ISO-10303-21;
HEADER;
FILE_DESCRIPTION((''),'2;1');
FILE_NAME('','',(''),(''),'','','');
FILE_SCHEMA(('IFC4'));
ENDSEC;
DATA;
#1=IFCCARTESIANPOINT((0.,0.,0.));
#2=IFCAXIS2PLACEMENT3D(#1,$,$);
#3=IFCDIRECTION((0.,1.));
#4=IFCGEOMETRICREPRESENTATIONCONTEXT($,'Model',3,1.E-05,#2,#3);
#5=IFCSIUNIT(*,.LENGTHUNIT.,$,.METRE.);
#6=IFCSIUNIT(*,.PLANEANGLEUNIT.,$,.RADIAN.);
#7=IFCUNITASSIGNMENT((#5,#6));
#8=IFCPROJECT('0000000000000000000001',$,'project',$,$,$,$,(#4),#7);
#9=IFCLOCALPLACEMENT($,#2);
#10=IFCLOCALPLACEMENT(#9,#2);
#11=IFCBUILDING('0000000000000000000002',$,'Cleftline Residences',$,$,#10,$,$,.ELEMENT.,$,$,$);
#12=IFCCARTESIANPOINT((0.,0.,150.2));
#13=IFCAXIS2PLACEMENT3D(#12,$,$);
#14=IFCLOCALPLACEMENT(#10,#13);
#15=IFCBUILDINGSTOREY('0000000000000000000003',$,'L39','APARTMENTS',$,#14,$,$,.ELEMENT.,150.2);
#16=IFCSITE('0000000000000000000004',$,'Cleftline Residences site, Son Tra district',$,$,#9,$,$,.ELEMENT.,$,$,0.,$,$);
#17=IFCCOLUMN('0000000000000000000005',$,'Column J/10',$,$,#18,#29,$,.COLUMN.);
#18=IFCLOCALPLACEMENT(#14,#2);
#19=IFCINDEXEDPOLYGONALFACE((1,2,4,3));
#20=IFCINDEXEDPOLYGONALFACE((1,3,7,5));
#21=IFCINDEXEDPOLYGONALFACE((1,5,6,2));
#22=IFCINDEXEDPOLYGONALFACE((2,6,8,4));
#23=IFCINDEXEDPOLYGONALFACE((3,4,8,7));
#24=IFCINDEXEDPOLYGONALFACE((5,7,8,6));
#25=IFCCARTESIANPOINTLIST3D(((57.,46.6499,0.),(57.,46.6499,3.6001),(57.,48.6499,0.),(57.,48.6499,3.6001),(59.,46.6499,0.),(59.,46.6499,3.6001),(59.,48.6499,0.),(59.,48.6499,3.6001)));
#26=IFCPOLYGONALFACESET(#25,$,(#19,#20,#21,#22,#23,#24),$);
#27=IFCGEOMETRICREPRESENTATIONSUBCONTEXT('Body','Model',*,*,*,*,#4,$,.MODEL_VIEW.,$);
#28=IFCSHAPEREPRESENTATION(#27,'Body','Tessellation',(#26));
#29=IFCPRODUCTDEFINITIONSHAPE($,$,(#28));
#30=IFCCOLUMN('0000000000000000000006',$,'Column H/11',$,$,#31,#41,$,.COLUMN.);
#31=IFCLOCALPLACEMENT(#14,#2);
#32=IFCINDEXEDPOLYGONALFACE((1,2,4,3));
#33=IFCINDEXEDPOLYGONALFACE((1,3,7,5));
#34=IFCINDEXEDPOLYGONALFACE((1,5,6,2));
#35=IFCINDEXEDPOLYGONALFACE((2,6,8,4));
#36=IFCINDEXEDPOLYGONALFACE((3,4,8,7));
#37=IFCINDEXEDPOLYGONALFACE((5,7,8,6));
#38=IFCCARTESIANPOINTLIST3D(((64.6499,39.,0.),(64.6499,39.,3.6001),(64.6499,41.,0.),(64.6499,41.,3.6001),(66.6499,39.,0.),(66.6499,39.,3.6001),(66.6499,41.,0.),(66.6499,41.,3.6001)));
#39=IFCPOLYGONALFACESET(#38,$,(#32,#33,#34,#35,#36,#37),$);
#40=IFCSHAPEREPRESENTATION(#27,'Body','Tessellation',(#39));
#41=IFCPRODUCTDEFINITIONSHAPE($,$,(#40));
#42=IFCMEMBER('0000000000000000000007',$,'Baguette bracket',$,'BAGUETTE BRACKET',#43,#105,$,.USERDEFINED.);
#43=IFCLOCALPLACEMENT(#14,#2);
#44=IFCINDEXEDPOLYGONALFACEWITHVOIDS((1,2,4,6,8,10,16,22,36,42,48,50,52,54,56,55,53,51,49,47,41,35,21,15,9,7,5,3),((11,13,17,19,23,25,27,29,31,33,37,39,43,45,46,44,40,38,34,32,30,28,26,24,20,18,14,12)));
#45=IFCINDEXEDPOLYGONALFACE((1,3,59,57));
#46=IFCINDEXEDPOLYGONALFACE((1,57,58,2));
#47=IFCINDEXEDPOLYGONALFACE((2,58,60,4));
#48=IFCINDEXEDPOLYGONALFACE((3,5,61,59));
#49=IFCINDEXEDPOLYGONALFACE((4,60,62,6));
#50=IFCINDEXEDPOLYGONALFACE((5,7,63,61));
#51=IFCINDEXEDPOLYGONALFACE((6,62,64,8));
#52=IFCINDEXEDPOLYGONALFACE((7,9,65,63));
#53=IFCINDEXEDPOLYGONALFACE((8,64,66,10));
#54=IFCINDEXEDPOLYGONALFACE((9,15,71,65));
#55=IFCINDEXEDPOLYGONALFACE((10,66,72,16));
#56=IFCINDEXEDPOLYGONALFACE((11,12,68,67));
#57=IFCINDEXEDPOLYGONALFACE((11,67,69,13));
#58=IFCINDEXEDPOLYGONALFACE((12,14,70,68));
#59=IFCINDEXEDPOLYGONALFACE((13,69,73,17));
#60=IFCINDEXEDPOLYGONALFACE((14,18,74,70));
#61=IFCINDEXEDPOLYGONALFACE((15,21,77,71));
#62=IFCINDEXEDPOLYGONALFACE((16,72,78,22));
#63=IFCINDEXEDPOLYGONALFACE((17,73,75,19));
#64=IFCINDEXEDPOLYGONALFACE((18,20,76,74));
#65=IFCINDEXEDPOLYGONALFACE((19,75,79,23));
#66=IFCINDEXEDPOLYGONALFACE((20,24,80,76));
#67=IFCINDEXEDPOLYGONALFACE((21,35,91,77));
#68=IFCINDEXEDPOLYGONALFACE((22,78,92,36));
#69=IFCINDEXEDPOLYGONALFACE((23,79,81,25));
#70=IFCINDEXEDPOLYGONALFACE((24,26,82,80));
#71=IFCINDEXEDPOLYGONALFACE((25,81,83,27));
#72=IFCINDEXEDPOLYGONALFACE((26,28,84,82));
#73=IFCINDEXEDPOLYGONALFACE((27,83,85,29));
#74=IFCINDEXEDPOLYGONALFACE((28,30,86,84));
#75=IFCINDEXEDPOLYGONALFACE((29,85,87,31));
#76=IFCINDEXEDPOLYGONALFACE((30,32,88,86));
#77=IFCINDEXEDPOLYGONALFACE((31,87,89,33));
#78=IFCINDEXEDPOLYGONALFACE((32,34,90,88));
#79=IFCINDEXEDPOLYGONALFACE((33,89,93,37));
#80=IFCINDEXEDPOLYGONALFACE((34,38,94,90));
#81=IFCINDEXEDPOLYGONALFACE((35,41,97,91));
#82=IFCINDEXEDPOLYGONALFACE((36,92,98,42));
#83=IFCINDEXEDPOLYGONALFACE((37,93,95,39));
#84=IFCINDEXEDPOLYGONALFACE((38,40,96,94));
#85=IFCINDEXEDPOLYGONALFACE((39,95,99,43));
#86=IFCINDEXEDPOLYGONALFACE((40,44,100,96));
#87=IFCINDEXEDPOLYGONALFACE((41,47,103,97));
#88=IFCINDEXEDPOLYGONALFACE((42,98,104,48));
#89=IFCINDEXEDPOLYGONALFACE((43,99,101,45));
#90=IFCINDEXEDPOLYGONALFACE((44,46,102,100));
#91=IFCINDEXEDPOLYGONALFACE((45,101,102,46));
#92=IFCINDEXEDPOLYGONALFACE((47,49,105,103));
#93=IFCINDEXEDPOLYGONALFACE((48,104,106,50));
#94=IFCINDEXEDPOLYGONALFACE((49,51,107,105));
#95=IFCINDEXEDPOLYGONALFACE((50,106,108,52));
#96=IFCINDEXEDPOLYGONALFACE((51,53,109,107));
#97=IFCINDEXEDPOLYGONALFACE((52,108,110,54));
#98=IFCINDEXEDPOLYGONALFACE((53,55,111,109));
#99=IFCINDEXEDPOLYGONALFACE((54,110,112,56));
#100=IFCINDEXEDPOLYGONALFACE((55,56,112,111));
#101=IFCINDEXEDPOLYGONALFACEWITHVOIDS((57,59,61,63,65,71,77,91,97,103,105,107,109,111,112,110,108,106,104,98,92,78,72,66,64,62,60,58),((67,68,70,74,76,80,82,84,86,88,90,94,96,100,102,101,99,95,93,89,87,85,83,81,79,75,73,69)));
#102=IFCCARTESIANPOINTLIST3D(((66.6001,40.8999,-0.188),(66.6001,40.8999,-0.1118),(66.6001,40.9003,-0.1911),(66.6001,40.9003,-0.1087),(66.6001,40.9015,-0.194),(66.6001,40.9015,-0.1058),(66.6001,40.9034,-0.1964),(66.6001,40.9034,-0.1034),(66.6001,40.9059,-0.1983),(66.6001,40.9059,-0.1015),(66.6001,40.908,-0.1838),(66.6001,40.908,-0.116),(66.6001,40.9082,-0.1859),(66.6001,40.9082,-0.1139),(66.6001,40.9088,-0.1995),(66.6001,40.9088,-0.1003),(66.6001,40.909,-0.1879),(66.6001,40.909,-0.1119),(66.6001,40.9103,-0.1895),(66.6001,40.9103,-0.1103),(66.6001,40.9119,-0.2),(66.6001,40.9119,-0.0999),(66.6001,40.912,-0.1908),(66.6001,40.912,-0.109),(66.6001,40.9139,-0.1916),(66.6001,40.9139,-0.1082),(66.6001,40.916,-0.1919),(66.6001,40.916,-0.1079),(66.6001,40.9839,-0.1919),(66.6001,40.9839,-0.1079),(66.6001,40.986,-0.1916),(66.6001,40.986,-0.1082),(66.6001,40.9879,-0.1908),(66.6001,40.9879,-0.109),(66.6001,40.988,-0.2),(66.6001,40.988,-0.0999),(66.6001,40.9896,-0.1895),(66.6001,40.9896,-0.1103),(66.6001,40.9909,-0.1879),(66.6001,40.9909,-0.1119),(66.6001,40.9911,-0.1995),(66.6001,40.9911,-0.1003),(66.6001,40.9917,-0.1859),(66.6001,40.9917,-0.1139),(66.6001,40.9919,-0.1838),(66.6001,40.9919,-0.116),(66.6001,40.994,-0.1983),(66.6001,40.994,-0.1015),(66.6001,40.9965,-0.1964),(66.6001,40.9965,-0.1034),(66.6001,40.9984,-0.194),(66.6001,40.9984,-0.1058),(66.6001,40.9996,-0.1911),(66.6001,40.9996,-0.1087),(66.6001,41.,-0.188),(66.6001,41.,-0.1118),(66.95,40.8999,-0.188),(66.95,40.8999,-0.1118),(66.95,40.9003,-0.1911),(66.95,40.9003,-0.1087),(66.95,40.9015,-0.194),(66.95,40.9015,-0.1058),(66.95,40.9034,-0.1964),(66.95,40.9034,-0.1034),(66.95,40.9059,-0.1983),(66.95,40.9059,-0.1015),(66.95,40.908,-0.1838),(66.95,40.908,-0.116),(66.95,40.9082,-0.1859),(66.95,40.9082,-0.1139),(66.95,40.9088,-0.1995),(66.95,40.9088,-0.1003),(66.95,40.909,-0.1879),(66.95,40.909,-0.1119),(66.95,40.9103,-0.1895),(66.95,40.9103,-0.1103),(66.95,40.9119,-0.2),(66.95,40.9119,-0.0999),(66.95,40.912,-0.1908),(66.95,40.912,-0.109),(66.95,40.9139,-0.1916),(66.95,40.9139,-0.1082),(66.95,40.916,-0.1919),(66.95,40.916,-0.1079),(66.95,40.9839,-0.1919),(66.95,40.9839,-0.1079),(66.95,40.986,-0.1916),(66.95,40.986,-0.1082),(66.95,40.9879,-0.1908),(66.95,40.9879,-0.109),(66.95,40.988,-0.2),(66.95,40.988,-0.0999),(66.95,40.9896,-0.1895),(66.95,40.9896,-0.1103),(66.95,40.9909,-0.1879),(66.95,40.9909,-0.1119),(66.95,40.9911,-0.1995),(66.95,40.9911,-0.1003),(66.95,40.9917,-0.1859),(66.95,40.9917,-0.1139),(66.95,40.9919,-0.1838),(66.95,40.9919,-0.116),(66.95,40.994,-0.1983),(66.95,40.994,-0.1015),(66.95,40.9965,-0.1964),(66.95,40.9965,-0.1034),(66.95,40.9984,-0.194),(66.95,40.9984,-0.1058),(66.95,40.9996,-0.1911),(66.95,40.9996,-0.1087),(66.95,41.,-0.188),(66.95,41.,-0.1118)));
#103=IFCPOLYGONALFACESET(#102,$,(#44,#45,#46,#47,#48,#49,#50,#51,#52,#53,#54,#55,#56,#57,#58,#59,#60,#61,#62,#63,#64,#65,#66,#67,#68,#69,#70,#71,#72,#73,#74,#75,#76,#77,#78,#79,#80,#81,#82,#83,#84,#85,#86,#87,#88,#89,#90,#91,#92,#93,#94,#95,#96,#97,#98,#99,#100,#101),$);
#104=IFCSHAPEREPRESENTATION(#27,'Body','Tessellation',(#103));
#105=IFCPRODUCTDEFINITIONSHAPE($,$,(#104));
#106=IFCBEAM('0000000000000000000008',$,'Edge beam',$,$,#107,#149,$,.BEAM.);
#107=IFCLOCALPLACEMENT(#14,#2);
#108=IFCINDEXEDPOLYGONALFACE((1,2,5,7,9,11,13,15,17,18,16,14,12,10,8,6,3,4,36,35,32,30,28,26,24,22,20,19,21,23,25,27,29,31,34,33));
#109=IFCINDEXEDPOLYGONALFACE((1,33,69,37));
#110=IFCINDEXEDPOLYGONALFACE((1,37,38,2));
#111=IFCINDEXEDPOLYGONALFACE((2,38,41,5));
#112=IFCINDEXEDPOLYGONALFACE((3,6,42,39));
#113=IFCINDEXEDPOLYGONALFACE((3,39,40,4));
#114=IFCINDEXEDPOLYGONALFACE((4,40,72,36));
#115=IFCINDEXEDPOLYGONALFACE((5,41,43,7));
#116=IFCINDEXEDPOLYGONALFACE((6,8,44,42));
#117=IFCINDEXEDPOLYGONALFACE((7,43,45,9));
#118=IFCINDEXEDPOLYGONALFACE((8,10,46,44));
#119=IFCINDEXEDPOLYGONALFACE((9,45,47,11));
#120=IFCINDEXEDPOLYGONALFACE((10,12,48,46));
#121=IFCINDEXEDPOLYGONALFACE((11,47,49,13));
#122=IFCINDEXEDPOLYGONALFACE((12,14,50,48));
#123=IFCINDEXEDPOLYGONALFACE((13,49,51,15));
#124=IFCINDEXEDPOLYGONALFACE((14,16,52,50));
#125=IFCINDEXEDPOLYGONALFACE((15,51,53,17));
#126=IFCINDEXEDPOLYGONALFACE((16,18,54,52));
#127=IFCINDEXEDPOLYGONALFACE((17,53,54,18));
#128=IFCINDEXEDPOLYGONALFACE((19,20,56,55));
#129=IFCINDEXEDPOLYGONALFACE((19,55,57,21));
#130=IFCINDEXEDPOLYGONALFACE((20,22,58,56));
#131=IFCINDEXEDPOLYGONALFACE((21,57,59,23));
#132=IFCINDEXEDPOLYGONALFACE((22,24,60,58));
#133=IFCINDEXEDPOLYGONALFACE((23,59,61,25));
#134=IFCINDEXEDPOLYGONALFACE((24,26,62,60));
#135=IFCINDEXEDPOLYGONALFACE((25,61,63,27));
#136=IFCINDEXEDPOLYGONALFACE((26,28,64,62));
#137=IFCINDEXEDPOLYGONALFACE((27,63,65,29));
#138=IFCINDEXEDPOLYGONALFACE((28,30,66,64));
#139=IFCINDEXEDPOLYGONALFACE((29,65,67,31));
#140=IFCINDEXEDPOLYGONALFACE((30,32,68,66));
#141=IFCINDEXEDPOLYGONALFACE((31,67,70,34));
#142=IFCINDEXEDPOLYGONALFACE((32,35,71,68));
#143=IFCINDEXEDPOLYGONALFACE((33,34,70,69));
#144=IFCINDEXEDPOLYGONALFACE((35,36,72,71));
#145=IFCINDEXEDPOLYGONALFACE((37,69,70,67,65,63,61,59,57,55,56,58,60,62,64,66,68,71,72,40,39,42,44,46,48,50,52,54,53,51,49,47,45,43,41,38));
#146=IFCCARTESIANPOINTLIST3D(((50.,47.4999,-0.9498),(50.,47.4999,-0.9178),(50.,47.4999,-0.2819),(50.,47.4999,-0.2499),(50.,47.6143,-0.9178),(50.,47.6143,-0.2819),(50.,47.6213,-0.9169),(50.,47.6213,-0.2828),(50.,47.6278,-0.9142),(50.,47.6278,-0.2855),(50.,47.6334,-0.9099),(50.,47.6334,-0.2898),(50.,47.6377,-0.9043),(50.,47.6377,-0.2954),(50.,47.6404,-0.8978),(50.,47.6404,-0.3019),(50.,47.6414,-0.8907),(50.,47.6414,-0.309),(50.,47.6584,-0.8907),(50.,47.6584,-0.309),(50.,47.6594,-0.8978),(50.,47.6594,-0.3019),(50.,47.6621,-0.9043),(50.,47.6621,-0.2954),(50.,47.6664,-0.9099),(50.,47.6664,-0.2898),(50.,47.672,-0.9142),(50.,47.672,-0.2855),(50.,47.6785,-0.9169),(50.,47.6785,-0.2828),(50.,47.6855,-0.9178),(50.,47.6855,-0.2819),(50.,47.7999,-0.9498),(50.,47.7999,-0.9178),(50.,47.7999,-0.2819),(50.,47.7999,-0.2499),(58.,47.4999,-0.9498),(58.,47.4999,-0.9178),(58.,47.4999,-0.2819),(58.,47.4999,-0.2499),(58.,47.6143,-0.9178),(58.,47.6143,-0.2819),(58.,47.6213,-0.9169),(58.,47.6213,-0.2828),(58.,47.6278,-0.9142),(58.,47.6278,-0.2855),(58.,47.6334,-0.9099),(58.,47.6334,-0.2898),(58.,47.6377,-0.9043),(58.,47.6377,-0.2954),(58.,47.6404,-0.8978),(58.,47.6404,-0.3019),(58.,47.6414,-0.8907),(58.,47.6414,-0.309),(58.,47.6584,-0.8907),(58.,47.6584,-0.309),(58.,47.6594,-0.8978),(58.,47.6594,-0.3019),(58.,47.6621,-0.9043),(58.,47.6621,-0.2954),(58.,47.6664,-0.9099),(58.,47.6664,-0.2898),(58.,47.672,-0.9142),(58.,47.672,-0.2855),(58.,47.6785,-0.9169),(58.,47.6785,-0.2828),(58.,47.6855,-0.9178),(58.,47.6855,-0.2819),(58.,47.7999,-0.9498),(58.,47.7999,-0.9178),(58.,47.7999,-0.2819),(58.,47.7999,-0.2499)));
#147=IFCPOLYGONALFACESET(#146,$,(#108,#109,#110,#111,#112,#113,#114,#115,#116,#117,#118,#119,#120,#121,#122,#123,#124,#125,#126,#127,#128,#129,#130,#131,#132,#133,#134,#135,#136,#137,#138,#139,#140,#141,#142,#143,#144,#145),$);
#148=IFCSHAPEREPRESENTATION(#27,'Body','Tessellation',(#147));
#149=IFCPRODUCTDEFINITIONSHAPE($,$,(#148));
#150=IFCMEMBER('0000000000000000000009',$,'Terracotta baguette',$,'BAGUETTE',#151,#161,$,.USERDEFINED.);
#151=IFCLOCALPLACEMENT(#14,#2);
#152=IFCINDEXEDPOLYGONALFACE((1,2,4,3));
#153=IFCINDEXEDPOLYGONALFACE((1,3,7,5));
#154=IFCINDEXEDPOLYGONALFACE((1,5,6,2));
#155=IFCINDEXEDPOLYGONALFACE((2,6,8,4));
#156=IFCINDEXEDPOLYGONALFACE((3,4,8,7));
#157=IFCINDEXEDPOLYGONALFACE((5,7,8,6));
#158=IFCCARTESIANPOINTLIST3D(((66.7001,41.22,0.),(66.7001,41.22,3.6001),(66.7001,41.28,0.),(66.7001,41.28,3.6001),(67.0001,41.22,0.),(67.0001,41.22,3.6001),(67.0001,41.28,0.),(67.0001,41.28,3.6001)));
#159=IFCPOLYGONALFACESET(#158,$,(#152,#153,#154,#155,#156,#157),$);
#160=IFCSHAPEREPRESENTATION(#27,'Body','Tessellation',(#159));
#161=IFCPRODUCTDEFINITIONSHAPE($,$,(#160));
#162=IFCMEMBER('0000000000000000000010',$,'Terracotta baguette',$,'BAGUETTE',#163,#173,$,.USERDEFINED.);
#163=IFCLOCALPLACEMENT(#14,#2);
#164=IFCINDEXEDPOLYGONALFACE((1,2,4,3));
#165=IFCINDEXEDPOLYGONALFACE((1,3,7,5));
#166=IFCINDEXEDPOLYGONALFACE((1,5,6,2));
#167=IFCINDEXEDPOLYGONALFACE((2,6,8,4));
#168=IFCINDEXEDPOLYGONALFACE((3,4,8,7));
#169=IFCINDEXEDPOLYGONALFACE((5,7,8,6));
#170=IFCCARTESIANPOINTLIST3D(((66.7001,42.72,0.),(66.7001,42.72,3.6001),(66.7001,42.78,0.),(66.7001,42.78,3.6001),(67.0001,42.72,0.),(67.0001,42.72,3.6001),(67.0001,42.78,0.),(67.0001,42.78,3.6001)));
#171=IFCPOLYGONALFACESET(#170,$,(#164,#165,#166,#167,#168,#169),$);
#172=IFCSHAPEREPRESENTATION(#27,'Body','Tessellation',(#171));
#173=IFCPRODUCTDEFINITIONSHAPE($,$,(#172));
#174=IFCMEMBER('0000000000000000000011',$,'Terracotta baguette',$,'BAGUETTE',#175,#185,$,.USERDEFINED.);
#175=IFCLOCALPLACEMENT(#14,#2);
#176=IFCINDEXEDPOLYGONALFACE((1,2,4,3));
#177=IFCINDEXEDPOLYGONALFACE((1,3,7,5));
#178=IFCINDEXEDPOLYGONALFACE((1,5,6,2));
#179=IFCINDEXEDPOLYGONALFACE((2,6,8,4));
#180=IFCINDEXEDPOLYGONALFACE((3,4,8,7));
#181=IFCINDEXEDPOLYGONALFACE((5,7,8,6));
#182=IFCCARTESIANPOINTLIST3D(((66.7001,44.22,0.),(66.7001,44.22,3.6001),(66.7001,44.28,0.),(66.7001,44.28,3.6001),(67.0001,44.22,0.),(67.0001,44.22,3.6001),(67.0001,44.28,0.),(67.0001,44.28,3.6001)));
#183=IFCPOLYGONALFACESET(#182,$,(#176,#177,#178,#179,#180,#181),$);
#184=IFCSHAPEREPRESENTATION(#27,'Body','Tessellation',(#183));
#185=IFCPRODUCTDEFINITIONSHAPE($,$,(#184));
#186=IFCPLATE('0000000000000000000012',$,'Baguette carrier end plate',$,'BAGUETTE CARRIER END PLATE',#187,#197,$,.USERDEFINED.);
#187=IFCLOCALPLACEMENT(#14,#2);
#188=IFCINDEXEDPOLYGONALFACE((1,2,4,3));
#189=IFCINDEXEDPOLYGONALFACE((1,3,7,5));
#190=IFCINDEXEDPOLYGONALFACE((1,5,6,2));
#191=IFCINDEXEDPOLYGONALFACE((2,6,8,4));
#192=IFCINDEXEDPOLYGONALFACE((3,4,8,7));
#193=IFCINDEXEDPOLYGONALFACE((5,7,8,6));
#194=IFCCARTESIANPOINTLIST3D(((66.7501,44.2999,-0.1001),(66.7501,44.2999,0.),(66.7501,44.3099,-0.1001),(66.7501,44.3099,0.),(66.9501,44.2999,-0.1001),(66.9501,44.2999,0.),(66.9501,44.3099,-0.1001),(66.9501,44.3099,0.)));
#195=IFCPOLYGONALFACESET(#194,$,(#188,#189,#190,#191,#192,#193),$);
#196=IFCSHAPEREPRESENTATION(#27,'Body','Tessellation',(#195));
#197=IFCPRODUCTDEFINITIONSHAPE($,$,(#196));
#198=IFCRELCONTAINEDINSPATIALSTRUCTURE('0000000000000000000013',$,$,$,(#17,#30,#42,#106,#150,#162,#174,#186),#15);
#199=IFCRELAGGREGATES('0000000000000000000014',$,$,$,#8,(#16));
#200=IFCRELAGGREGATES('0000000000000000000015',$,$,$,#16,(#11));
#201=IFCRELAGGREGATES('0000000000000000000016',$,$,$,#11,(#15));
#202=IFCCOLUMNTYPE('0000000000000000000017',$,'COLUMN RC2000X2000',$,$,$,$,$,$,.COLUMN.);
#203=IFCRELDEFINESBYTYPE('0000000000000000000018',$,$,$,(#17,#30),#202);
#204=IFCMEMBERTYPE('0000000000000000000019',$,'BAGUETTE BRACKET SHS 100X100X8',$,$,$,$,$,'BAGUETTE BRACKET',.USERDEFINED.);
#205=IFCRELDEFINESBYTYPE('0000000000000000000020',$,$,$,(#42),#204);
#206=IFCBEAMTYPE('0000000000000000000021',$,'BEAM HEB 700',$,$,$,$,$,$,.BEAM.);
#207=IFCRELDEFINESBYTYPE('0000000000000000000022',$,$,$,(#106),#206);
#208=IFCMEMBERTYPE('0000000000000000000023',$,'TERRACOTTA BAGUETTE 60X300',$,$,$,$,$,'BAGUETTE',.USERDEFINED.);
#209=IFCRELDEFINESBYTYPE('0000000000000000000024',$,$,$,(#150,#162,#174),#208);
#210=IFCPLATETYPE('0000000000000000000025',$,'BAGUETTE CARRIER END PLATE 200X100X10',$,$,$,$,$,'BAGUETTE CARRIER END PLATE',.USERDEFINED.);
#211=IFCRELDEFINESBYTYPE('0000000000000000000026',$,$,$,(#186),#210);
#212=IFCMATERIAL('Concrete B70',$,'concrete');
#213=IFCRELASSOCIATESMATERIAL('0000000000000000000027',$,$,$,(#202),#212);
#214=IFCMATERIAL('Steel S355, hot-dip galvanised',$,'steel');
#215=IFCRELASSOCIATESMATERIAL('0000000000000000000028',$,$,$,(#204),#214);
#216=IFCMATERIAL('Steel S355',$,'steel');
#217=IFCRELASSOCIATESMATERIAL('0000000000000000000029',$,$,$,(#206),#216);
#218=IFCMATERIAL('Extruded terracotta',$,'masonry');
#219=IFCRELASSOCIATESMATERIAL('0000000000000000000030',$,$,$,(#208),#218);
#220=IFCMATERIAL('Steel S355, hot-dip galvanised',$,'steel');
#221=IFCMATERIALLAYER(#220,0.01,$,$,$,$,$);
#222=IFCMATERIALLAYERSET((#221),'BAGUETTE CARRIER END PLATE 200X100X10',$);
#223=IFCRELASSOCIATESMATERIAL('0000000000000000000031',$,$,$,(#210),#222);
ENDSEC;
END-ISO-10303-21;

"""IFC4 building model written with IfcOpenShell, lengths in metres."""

from ifc_helpers import new_model, si_unit, direction, frame, origin, origin_2d, place, context, subcontext, project, spatial, rectangle, hollow_rectangle, i_section, extrude, material, layer, layer_set, material_profile, profile_set, type_object, element, save


model = new_model("IFC4")

# Units and contexts
model_context = context("Model", 3, precision=1e-05, world=origin(), true_north=direction((0.0, 1.0)))
body_context = subcontext(model_context, "Body", "Model", "MODEL_VIEW")
ifc_project = project(units=[si_unit("LENGTHUNIT", "METRE"), si_unit("PLANEANGLEUNIT", "RADIAN")], contexts=[model_context])

# Site, building, storey
site_placement = place(None, origin())
site = spatial("IfcSite", under=ifc_project, at=site_placement, Name="Cleftline Residences site, Son Tra district", CompositionType="ELEMENT", RefElevation=0.0)
building_placement = place(site_placement, origin())
building = spatial("IfcBuilding", under=site, at=building_placement, Name="Cleftline Residences", CompositionType="ELEMENT")
storey_placement = place(building_placement, frame((0.0, 0.0, 150.2)))
storey = spatial("IfcBuildingStorey", under=building, at=storey_placement, Name="L39", Description="APARTMENTS", CompositionType="ELEMENT", Elevation=150.2)

# Columns
ifc_material_1 = material(Name="Concrete B70", Category="concrete")
ifc_material_profile_1 = material_profile(ifc_material_1, rectangle(XDim=2.0, YDim=2.0, at=origin_2d()))
ifc_profile_set_1 = profile_set([ifc_material_profile_1], Name="Concrete B70")
column_type = type_object("IfcColumnType", Name="COLUMN RC2000X2000", PredefinedType="COLUMN", material=ifc_profile_set_1)
for number, where, z_axis, x_axis, name in (
    (1, (58.0, 47.6499, 0.0), (0.0, 0.0, 1.0), (1.0, 0.0, 0.0), "Column J/10"),
    (2, (65.6499, 40.0, 0.0), (0.0, 0.0, 1.0), (1.0, 0.0, 0.0), "Column H/11"),
):
    element("IfcColumn", number, at=place(storey_placement, frame(where, z_axis=z_axis, x_axis=x_axis)), inside=storey, type_object=column_type, Name=name, PredefinedType="COLUMN", context=body_context, shape_type="SweptSolid", body=[
        extrude(rectangle(XDim=2.0, YDim=2.0, at=origin_2d()), origin(), (0.0, 0.0, 1.0), 3.6001),
    ])

# Member
ifc_material_2 = material(Name="Steel S355, hot-dip galvanised", Category="steel")
ifc_material_profile_2 = material_profile(ifc_material_2, hollow_rectangle(XDim=0.1001, YDim=0.1001, WallThickness=0.0081, InnerFilletRadius=0.0081, OuterFilletRadius=0.012, at=origin_2d()))
ifc_profile_set_2 = profile_set([ifc_material_profile_2], Name="Steel S355, hot-dip galvanised")
member_type_1 = type_object("IfcMemberType", Name="BAGUETTE BRACKET SHS 100X100X8", ElementType="BAGUETTE BRACKET", PredefinedType="USERDEFINED", material=ifc_profile_set_2)
member_placement = place(storey_placement, frame((66.6001, 40.95, -0.1499), z_axis=(1.0, 0.0, 0.0), x_axis=(0.0, 1.0, 0.0)))
element("IfcMember", 3, at=member_placement, inside=storey, type_object=member_type_1, Name="Baguette bracket", ObjectType="BAGUETTE BRACKET", PredefinedType="USERDEFINED", context=body_context, shape_type="SweptSolid", body=[
    extrude(hollow_rectangle(XDim=0.1001, YDim=0.1001, WallThickness=0.0081, InnerFilletRadius=0.0081, OuterFilletRadius=0.012, at=origin_2d()), origin(), (0.0, 0.0, 1.0), 0.3499),
])

# Beam
ifc_material_3 = material(Name="Steel S355", Category="steel")
ifc_material_profile_3 = material_profile(ifc_material_3, i_section(OverallWidth=0.3, OverallDepth=0.7, WebThickness=0.0171, FlangeThickness=0.032, FilletRadius=0.0271, at=origin_2d()))
ifc_profile_set_3 = profile_set([ifc_material_profile_3], Name="Steel S355")
beam_type = type_object("IfcBeamType", Name="BEAM HEB 700", PredefinedType="BEAM", material=ifc_profile_set_3)
beam_placement = place(storey_placement, frame((58.0, 47.6499, -0.5999), z_axis=(-1.0, 0.0, 0.0), x_axis=(0.0, -1.0, 0.0)))
element("IfcBeam", 4, at=beam_placement, inside=storey, type_object=beam_type, Name="Edge beam", PredefinedType="BEAM", context=body_context, shape_type="SweptSolid", body=[
    extrude(i_section(OverallWidth=0.3, OverallDepth=0.7, WebThickness=0.0171, FlangeThickness=0.032, FilletRadius=0.0271, at=origin_2d()), origin(), (0.0, 0.0, 1.0), 8.0),
])

# Members
ifc_material_4 = material(Name="Extruded terracotta", Category="masonry")
ifc_material_profile_4 = material_profile(ifc_material_4, rectangle(XDim=0.0601, YDim=0.3, at=origin_2d()))
ifc_profile_set_4 = profile_set([ifc_material_profile_4], Name="Extruded terracotta")
member_type_2 = type_object("IfcMemberType", Name="TERRACOTTA BAGUETTE 60X300", ElementType="BAGUETTE", PredefinedType="USERDEFINED", material=ifc_profile_set_4)
for number, where, z_axis, x_axis, name in (
    (5, (66.8501, 41.25, 0.0), (0.0, 0.0, 1.0), (0.0, 1.0, 0.0), "Terracotta baguette"),
    (6, (66.8501, 42.75, 0.0), (0.0, 0.0, 1.0), (0.0, 1.0, 0.0), "Terracotta baguette"),
    (7, (66.8501, 44.25, 0.0), (0.0, 0.0, 1.0), (0.0, 1.0, 0.0), "Terracotta baguette"),
):
    element("IfcMember", number, at=place(storey_placement, frame(where, z_axis=z_axis, x_axis=x_axis)), inside=storey, type_object=member_type_2, Name=name, ObjectType="BAGUETTE", PredefinedType="USERDEFINED", context=body_context, shape_type="SweptSolid", body=[
        extrude(rectangle(XDim=0.0601, YDim=0.3, at=origin_2d()), origin(), (0.0, 0.0, 1.0), 3.6001),
    ])

# Plate
ifc_material_5 = material(Name="Steel S355, hot-dip galvanised", Category="steel")
ifc_layer_1 = layer(ifc_material_5, 0.01)
ifc_layer_set_1 = layer_set([ifc_layer_1], Name="BAGUETTE CARRIER END PLATE 200X100X10")
plate_type = type_object("IfcPlateType", Name="BAGUETTE CARRIER END PLATE 200X100X10", ElementType="BAGUETTE CARRIER END PLATE", PredefinedType="USERDEFINED", material=ifc_layer_set_1)
plate_placement = place(storey_placement, frame((66.8501, 44.3049, -0.1001), z_axis=(0.0, 0.0, 1.0), x_axis=(1.0, 0.0, 0.0)))
element("IfcPlate", 8, at=plate_placement, inside=storey, type_object=plate_type, Name="Baguette carrier end plate", ObjectType="BAGUETTE CARRIER END PLATE", PredefinedType="USERDEFINED", context=body_context, shape_type="SweptSolid", body=[
    extrude(rectangle(XDim=0.2, YDim=0.01, at=origin_2d()), origin(), (0.0, 0.0, 1.0), 0.1001),
])

save(model, "model.ifc")
